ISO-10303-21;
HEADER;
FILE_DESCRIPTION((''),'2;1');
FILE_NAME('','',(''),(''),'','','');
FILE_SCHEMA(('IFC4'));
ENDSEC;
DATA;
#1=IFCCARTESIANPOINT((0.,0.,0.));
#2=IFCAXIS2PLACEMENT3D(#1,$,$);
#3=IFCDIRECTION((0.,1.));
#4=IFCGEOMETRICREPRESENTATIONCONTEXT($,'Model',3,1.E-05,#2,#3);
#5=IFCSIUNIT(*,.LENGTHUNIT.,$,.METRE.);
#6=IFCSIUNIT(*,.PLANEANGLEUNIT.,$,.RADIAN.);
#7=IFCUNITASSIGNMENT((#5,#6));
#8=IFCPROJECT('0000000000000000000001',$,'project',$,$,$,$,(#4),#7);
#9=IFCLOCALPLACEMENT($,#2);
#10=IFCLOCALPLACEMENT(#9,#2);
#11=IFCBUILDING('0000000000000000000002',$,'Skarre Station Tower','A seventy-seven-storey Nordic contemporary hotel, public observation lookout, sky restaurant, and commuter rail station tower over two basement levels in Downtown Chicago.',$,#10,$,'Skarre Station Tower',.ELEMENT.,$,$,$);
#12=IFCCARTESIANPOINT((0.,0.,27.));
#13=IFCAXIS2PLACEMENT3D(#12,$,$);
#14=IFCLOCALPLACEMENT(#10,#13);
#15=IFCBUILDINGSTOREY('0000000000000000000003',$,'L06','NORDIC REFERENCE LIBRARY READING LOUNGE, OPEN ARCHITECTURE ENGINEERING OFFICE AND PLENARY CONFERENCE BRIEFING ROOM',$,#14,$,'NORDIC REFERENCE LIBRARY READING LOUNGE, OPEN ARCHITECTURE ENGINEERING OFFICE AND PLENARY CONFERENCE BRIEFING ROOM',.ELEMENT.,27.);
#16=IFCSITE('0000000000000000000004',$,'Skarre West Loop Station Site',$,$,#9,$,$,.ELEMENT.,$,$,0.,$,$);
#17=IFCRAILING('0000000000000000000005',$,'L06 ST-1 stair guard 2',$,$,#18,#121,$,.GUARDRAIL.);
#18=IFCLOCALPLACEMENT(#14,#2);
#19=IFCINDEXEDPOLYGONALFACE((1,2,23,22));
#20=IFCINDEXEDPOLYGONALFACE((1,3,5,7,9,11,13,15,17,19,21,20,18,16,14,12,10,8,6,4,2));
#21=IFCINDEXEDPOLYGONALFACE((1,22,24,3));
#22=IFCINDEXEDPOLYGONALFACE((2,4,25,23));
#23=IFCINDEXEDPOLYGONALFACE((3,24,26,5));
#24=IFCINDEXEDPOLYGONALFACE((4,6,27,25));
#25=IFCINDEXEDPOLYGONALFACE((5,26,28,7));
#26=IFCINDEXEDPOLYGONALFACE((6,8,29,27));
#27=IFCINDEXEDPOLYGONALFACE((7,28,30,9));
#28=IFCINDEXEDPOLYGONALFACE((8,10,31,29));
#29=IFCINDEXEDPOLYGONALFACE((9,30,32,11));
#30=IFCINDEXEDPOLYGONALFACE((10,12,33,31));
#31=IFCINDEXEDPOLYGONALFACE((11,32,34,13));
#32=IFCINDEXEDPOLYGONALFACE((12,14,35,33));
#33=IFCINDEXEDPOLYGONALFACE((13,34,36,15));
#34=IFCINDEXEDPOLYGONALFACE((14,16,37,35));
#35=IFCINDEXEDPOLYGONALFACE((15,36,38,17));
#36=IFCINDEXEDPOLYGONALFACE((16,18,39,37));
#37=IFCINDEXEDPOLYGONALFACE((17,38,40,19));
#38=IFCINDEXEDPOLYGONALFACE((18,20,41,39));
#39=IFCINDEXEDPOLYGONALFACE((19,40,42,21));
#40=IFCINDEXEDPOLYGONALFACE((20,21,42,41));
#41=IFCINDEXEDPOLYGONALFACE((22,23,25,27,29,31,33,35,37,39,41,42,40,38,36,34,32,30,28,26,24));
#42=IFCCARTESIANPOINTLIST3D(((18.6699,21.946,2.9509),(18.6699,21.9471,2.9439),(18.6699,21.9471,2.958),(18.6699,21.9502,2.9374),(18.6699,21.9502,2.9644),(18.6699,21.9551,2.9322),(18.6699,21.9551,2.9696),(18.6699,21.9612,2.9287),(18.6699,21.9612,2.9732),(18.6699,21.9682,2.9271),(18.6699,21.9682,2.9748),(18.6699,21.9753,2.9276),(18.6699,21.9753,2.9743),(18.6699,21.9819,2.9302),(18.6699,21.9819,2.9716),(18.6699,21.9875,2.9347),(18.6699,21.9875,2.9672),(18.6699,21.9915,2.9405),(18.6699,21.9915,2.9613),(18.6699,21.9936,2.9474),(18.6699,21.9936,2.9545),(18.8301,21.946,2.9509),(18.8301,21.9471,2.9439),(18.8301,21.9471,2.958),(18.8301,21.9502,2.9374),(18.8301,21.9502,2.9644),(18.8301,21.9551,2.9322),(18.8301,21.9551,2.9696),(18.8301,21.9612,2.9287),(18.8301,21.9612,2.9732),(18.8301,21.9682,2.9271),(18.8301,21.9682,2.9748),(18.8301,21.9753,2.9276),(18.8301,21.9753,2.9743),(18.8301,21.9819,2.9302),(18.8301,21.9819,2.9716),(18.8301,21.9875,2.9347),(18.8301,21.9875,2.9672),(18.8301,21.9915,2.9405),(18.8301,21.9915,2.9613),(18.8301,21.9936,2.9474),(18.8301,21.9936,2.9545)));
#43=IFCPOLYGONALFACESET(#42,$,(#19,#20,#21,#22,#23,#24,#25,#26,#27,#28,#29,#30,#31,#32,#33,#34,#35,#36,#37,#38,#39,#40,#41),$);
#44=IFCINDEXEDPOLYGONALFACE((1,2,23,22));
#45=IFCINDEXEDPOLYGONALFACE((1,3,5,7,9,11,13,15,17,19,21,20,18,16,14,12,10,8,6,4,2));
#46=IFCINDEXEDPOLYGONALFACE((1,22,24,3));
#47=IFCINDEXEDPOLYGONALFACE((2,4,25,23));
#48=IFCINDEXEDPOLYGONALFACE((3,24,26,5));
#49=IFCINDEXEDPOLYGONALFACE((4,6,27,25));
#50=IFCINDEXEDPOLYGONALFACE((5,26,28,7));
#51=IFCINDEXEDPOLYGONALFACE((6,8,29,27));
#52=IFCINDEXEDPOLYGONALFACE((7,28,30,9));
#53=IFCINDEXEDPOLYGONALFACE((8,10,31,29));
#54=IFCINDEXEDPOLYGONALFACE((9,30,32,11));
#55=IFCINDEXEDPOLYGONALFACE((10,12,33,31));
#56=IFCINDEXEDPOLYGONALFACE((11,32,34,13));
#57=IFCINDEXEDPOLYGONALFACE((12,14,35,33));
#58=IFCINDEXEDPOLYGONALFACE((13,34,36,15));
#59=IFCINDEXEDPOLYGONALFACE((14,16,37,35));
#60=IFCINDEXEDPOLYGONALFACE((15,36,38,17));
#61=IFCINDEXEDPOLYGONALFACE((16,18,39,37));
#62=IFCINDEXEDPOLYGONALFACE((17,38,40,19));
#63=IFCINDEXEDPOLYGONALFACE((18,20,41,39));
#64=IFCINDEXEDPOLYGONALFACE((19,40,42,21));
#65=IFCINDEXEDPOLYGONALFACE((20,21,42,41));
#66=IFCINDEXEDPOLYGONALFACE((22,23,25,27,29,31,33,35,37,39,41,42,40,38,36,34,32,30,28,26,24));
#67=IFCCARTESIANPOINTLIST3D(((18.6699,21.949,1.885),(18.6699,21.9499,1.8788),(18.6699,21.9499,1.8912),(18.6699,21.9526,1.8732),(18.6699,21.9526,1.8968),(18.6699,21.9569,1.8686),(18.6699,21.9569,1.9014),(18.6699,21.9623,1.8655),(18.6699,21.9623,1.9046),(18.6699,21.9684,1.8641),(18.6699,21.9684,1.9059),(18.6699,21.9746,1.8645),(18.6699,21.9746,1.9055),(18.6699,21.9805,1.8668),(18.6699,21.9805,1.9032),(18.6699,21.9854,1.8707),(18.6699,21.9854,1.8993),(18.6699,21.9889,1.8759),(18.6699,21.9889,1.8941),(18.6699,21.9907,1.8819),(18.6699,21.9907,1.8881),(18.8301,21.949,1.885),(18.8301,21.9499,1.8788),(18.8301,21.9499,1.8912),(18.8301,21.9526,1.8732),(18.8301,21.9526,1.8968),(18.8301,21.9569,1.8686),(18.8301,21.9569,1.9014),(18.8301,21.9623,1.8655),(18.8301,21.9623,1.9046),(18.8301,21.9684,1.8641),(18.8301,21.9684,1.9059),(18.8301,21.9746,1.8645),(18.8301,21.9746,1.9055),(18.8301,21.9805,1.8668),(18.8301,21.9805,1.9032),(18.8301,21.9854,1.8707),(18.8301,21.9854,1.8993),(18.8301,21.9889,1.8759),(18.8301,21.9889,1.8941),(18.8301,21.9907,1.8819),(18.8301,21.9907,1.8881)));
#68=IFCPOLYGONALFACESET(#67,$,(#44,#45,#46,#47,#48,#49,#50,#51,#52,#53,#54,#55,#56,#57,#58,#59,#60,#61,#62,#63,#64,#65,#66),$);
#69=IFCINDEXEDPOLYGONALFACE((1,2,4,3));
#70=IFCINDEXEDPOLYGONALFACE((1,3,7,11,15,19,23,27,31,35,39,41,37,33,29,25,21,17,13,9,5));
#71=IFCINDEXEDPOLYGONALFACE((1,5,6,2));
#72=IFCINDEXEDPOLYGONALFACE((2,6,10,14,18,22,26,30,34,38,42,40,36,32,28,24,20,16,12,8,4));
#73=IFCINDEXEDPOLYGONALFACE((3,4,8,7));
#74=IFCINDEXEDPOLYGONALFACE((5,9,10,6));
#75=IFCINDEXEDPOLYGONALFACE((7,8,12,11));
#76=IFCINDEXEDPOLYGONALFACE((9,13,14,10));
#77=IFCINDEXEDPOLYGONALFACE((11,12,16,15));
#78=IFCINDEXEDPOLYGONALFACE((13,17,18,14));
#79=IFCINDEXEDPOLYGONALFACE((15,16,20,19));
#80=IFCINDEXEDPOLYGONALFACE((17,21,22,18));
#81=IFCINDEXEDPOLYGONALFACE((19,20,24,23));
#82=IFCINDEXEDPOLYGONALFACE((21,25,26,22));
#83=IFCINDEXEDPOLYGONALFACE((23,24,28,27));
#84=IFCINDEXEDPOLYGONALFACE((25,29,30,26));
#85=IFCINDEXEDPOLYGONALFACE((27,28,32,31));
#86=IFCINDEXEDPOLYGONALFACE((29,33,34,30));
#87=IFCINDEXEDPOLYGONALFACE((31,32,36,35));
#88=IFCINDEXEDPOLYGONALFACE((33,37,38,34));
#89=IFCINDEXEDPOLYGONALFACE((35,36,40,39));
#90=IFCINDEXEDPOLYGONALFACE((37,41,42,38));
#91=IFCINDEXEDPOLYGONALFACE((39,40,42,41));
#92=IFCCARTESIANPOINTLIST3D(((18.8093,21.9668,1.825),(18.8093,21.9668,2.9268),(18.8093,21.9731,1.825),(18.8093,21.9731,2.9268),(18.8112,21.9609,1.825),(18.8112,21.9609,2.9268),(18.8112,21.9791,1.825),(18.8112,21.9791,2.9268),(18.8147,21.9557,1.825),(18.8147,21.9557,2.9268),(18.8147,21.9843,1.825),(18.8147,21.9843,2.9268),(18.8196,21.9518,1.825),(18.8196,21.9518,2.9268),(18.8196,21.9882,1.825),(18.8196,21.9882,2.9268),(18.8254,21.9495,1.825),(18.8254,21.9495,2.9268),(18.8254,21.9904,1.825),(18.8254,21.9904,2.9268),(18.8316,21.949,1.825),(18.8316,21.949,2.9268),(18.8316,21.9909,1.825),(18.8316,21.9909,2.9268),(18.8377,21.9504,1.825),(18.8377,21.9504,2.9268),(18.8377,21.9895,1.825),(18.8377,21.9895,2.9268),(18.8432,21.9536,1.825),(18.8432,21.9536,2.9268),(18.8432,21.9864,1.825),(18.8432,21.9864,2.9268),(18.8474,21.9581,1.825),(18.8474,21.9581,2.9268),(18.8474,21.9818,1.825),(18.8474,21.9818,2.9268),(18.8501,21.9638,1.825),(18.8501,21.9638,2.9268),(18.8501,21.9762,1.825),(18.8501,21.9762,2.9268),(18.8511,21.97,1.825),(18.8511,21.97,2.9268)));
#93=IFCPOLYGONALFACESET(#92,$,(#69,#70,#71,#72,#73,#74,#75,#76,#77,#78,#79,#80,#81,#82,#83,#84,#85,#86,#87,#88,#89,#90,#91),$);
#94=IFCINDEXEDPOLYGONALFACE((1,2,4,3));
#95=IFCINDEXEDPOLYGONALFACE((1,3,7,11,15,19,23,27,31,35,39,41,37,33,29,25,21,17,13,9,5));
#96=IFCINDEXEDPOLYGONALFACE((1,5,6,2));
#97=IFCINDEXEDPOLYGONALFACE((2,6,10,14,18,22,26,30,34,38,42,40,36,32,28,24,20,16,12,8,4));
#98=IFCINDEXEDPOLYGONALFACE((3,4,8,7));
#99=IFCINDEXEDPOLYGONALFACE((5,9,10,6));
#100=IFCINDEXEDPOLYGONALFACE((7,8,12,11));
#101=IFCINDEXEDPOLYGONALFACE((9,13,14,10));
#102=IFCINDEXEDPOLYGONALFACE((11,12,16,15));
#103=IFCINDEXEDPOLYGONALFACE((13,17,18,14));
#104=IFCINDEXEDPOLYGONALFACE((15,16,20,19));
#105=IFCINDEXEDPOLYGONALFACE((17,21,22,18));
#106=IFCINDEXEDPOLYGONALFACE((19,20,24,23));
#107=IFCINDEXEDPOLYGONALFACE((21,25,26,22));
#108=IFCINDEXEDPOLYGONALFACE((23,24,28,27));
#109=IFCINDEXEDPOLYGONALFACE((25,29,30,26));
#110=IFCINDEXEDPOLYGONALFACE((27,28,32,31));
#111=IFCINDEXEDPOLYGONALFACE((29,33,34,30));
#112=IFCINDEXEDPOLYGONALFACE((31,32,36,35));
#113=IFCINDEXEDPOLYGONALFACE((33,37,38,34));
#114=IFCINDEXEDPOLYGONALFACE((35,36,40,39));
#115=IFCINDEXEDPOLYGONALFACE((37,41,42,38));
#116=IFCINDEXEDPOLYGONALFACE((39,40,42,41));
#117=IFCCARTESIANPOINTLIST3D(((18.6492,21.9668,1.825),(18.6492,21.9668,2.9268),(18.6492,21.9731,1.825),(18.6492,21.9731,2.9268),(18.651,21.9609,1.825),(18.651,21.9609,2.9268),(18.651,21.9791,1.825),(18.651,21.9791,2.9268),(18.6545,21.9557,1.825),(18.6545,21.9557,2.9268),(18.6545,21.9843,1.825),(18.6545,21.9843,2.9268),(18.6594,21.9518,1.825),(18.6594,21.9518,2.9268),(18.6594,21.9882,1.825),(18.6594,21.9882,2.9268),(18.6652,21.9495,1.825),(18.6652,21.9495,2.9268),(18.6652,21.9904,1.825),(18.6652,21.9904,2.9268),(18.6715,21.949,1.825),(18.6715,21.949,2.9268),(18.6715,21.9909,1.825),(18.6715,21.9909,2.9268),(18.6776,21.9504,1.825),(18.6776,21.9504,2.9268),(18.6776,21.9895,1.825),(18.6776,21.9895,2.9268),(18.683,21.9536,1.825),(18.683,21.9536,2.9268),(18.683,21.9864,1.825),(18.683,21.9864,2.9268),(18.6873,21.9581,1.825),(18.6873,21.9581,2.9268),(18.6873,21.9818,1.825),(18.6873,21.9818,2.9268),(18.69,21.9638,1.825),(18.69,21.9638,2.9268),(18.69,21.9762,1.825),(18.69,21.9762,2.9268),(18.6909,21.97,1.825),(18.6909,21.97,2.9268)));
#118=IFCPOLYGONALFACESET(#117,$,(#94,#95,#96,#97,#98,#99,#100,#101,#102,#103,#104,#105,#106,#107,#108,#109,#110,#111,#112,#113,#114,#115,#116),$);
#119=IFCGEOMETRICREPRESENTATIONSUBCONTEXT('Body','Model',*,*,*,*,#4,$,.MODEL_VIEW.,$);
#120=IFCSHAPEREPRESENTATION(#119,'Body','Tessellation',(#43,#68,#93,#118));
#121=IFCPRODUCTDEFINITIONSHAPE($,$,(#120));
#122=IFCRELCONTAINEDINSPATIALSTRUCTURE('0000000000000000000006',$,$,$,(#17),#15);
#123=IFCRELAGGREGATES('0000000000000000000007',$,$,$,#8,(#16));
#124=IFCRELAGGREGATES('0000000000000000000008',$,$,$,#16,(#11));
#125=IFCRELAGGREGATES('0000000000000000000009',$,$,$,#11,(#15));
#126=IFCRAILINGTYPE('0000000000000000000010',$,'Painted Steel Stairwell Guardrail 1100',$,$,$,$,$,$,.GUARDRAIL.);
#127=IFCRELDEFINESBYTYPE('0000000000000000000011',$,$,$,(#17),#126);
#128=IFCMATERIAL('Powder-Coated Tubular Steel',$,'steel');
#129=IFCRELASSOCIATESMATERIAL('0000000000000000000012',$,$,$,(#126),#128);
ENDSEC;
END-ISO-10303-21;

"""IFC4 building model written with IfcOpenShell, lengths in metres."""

from ifc_helpers import new_model, si_unit, direction, frame, origin, origin_2d, place, context, subcontext, project, spatial, circle, extrude, material, type_object, element, save


model = new_model("IFC4")

# Units and contexts
model_context = context("Model", 3, precision=1e-05, world=origin(), true_north=direction((0.0, 1.0)))
body_context = subcontext(model_context, "Body", "Model", "MODEL_VIEW")
ifc_project = project(units=[si_unit("LENGTHUNIT", "METRE"), si_unit("PLANEANGLEUNIT", "RADIAN")], contexts=[model_context])

# Site, building, storey
site_placement = place(None, origin())
site = spatial("IfcSite", under=ifc_project, at=site_placement, Name="Skarre West Loop Station Site", CompositionType="ELEMENT", RefElevation=0.0)
building_placement = place(site_placement, origin())
building = spatial("IfcBuilding", under=site, at=building_placement, Name="Skarre Station Tower", Description="A seventy-seven-storey Nordic contemporary hotel, public observation lookout, sky restaurant, and commuter rail station tower over two basement levels in Downtown Chicago.", LongName="Skarre Station Tower", CompositionType="ELEMENT")
storey_placement = place(building_placement, frame((0.0, 0.0, 27.0)))
storey = spatial("IfcBuildingStorey", under=building, at=storey_placement, Name="L06", Description="NORDIC REFERENCE LIBRARY READING LOUNGE, OPEN ARCHITECTURE ENGINEERING OFFICE AND PLENARY CONFERENCE BRIEFING ROOM", LongName="NORDIC REFERENCE LIBRARY READING LOUNGE, OPEN ARCHITECTURE ENGINEERING OFFICE AND PLENARY CONFERENCE BRIEFING ROOM", CompositionType="ELEMENT", Elevation=27.0)

# Railing
ifc_material_1 = material(Name="Powder-Coated Tubular Steel", Category="steel")
railing_type_1 = type_object("IfcRailingType", Name="Painted Steel Stairwell Guardrail 1100", PredefinedType="GUARDRAIL", material=ifc_material_1)
railing_1_placement = place(storey_placement, frame((18.8301, 21.97, 1.825)))
element("IfcRailing", 1, at=railing_1_placement, inside=storey, type_object=railing_type_1, Name="L06 ST-1 stair guard 2", PredefinedType="GUARDRAIL", context=body_context, shape_type="SweptSolid", body=[
    extrude(circle(Radius=0.0239, at=origin_2d()), frame((0.0, 0.0, 1.126), z_axis=(-1.0, 0.0, 0.0), x_axis=(0.0, -1.0, 0.0)), (0.0, 0.0, 1.0), 0.1602),
    extrude(circle(Radius=0.021, at=origin_2d()), frame((0.0, 0.0, 0.0601), z_axis=(-1.0, 0.0, 0.0), x_axis=(0.0, -1.0, 0.0)), (0.0, 0.0, 1.0), 0.1602),
    extrude(circle(Radius=0.021, at=origin_2d()), origin(), (0.0, 0.0, 1.0), 1.1018),
    extrude(circle(Radius=0.021, at=origin_2d()), frame((-0.1602, 0.0, 0.0)), (0.0, 0.0, 1.0), 1.1018),
])

save(model, "model.ifc")
